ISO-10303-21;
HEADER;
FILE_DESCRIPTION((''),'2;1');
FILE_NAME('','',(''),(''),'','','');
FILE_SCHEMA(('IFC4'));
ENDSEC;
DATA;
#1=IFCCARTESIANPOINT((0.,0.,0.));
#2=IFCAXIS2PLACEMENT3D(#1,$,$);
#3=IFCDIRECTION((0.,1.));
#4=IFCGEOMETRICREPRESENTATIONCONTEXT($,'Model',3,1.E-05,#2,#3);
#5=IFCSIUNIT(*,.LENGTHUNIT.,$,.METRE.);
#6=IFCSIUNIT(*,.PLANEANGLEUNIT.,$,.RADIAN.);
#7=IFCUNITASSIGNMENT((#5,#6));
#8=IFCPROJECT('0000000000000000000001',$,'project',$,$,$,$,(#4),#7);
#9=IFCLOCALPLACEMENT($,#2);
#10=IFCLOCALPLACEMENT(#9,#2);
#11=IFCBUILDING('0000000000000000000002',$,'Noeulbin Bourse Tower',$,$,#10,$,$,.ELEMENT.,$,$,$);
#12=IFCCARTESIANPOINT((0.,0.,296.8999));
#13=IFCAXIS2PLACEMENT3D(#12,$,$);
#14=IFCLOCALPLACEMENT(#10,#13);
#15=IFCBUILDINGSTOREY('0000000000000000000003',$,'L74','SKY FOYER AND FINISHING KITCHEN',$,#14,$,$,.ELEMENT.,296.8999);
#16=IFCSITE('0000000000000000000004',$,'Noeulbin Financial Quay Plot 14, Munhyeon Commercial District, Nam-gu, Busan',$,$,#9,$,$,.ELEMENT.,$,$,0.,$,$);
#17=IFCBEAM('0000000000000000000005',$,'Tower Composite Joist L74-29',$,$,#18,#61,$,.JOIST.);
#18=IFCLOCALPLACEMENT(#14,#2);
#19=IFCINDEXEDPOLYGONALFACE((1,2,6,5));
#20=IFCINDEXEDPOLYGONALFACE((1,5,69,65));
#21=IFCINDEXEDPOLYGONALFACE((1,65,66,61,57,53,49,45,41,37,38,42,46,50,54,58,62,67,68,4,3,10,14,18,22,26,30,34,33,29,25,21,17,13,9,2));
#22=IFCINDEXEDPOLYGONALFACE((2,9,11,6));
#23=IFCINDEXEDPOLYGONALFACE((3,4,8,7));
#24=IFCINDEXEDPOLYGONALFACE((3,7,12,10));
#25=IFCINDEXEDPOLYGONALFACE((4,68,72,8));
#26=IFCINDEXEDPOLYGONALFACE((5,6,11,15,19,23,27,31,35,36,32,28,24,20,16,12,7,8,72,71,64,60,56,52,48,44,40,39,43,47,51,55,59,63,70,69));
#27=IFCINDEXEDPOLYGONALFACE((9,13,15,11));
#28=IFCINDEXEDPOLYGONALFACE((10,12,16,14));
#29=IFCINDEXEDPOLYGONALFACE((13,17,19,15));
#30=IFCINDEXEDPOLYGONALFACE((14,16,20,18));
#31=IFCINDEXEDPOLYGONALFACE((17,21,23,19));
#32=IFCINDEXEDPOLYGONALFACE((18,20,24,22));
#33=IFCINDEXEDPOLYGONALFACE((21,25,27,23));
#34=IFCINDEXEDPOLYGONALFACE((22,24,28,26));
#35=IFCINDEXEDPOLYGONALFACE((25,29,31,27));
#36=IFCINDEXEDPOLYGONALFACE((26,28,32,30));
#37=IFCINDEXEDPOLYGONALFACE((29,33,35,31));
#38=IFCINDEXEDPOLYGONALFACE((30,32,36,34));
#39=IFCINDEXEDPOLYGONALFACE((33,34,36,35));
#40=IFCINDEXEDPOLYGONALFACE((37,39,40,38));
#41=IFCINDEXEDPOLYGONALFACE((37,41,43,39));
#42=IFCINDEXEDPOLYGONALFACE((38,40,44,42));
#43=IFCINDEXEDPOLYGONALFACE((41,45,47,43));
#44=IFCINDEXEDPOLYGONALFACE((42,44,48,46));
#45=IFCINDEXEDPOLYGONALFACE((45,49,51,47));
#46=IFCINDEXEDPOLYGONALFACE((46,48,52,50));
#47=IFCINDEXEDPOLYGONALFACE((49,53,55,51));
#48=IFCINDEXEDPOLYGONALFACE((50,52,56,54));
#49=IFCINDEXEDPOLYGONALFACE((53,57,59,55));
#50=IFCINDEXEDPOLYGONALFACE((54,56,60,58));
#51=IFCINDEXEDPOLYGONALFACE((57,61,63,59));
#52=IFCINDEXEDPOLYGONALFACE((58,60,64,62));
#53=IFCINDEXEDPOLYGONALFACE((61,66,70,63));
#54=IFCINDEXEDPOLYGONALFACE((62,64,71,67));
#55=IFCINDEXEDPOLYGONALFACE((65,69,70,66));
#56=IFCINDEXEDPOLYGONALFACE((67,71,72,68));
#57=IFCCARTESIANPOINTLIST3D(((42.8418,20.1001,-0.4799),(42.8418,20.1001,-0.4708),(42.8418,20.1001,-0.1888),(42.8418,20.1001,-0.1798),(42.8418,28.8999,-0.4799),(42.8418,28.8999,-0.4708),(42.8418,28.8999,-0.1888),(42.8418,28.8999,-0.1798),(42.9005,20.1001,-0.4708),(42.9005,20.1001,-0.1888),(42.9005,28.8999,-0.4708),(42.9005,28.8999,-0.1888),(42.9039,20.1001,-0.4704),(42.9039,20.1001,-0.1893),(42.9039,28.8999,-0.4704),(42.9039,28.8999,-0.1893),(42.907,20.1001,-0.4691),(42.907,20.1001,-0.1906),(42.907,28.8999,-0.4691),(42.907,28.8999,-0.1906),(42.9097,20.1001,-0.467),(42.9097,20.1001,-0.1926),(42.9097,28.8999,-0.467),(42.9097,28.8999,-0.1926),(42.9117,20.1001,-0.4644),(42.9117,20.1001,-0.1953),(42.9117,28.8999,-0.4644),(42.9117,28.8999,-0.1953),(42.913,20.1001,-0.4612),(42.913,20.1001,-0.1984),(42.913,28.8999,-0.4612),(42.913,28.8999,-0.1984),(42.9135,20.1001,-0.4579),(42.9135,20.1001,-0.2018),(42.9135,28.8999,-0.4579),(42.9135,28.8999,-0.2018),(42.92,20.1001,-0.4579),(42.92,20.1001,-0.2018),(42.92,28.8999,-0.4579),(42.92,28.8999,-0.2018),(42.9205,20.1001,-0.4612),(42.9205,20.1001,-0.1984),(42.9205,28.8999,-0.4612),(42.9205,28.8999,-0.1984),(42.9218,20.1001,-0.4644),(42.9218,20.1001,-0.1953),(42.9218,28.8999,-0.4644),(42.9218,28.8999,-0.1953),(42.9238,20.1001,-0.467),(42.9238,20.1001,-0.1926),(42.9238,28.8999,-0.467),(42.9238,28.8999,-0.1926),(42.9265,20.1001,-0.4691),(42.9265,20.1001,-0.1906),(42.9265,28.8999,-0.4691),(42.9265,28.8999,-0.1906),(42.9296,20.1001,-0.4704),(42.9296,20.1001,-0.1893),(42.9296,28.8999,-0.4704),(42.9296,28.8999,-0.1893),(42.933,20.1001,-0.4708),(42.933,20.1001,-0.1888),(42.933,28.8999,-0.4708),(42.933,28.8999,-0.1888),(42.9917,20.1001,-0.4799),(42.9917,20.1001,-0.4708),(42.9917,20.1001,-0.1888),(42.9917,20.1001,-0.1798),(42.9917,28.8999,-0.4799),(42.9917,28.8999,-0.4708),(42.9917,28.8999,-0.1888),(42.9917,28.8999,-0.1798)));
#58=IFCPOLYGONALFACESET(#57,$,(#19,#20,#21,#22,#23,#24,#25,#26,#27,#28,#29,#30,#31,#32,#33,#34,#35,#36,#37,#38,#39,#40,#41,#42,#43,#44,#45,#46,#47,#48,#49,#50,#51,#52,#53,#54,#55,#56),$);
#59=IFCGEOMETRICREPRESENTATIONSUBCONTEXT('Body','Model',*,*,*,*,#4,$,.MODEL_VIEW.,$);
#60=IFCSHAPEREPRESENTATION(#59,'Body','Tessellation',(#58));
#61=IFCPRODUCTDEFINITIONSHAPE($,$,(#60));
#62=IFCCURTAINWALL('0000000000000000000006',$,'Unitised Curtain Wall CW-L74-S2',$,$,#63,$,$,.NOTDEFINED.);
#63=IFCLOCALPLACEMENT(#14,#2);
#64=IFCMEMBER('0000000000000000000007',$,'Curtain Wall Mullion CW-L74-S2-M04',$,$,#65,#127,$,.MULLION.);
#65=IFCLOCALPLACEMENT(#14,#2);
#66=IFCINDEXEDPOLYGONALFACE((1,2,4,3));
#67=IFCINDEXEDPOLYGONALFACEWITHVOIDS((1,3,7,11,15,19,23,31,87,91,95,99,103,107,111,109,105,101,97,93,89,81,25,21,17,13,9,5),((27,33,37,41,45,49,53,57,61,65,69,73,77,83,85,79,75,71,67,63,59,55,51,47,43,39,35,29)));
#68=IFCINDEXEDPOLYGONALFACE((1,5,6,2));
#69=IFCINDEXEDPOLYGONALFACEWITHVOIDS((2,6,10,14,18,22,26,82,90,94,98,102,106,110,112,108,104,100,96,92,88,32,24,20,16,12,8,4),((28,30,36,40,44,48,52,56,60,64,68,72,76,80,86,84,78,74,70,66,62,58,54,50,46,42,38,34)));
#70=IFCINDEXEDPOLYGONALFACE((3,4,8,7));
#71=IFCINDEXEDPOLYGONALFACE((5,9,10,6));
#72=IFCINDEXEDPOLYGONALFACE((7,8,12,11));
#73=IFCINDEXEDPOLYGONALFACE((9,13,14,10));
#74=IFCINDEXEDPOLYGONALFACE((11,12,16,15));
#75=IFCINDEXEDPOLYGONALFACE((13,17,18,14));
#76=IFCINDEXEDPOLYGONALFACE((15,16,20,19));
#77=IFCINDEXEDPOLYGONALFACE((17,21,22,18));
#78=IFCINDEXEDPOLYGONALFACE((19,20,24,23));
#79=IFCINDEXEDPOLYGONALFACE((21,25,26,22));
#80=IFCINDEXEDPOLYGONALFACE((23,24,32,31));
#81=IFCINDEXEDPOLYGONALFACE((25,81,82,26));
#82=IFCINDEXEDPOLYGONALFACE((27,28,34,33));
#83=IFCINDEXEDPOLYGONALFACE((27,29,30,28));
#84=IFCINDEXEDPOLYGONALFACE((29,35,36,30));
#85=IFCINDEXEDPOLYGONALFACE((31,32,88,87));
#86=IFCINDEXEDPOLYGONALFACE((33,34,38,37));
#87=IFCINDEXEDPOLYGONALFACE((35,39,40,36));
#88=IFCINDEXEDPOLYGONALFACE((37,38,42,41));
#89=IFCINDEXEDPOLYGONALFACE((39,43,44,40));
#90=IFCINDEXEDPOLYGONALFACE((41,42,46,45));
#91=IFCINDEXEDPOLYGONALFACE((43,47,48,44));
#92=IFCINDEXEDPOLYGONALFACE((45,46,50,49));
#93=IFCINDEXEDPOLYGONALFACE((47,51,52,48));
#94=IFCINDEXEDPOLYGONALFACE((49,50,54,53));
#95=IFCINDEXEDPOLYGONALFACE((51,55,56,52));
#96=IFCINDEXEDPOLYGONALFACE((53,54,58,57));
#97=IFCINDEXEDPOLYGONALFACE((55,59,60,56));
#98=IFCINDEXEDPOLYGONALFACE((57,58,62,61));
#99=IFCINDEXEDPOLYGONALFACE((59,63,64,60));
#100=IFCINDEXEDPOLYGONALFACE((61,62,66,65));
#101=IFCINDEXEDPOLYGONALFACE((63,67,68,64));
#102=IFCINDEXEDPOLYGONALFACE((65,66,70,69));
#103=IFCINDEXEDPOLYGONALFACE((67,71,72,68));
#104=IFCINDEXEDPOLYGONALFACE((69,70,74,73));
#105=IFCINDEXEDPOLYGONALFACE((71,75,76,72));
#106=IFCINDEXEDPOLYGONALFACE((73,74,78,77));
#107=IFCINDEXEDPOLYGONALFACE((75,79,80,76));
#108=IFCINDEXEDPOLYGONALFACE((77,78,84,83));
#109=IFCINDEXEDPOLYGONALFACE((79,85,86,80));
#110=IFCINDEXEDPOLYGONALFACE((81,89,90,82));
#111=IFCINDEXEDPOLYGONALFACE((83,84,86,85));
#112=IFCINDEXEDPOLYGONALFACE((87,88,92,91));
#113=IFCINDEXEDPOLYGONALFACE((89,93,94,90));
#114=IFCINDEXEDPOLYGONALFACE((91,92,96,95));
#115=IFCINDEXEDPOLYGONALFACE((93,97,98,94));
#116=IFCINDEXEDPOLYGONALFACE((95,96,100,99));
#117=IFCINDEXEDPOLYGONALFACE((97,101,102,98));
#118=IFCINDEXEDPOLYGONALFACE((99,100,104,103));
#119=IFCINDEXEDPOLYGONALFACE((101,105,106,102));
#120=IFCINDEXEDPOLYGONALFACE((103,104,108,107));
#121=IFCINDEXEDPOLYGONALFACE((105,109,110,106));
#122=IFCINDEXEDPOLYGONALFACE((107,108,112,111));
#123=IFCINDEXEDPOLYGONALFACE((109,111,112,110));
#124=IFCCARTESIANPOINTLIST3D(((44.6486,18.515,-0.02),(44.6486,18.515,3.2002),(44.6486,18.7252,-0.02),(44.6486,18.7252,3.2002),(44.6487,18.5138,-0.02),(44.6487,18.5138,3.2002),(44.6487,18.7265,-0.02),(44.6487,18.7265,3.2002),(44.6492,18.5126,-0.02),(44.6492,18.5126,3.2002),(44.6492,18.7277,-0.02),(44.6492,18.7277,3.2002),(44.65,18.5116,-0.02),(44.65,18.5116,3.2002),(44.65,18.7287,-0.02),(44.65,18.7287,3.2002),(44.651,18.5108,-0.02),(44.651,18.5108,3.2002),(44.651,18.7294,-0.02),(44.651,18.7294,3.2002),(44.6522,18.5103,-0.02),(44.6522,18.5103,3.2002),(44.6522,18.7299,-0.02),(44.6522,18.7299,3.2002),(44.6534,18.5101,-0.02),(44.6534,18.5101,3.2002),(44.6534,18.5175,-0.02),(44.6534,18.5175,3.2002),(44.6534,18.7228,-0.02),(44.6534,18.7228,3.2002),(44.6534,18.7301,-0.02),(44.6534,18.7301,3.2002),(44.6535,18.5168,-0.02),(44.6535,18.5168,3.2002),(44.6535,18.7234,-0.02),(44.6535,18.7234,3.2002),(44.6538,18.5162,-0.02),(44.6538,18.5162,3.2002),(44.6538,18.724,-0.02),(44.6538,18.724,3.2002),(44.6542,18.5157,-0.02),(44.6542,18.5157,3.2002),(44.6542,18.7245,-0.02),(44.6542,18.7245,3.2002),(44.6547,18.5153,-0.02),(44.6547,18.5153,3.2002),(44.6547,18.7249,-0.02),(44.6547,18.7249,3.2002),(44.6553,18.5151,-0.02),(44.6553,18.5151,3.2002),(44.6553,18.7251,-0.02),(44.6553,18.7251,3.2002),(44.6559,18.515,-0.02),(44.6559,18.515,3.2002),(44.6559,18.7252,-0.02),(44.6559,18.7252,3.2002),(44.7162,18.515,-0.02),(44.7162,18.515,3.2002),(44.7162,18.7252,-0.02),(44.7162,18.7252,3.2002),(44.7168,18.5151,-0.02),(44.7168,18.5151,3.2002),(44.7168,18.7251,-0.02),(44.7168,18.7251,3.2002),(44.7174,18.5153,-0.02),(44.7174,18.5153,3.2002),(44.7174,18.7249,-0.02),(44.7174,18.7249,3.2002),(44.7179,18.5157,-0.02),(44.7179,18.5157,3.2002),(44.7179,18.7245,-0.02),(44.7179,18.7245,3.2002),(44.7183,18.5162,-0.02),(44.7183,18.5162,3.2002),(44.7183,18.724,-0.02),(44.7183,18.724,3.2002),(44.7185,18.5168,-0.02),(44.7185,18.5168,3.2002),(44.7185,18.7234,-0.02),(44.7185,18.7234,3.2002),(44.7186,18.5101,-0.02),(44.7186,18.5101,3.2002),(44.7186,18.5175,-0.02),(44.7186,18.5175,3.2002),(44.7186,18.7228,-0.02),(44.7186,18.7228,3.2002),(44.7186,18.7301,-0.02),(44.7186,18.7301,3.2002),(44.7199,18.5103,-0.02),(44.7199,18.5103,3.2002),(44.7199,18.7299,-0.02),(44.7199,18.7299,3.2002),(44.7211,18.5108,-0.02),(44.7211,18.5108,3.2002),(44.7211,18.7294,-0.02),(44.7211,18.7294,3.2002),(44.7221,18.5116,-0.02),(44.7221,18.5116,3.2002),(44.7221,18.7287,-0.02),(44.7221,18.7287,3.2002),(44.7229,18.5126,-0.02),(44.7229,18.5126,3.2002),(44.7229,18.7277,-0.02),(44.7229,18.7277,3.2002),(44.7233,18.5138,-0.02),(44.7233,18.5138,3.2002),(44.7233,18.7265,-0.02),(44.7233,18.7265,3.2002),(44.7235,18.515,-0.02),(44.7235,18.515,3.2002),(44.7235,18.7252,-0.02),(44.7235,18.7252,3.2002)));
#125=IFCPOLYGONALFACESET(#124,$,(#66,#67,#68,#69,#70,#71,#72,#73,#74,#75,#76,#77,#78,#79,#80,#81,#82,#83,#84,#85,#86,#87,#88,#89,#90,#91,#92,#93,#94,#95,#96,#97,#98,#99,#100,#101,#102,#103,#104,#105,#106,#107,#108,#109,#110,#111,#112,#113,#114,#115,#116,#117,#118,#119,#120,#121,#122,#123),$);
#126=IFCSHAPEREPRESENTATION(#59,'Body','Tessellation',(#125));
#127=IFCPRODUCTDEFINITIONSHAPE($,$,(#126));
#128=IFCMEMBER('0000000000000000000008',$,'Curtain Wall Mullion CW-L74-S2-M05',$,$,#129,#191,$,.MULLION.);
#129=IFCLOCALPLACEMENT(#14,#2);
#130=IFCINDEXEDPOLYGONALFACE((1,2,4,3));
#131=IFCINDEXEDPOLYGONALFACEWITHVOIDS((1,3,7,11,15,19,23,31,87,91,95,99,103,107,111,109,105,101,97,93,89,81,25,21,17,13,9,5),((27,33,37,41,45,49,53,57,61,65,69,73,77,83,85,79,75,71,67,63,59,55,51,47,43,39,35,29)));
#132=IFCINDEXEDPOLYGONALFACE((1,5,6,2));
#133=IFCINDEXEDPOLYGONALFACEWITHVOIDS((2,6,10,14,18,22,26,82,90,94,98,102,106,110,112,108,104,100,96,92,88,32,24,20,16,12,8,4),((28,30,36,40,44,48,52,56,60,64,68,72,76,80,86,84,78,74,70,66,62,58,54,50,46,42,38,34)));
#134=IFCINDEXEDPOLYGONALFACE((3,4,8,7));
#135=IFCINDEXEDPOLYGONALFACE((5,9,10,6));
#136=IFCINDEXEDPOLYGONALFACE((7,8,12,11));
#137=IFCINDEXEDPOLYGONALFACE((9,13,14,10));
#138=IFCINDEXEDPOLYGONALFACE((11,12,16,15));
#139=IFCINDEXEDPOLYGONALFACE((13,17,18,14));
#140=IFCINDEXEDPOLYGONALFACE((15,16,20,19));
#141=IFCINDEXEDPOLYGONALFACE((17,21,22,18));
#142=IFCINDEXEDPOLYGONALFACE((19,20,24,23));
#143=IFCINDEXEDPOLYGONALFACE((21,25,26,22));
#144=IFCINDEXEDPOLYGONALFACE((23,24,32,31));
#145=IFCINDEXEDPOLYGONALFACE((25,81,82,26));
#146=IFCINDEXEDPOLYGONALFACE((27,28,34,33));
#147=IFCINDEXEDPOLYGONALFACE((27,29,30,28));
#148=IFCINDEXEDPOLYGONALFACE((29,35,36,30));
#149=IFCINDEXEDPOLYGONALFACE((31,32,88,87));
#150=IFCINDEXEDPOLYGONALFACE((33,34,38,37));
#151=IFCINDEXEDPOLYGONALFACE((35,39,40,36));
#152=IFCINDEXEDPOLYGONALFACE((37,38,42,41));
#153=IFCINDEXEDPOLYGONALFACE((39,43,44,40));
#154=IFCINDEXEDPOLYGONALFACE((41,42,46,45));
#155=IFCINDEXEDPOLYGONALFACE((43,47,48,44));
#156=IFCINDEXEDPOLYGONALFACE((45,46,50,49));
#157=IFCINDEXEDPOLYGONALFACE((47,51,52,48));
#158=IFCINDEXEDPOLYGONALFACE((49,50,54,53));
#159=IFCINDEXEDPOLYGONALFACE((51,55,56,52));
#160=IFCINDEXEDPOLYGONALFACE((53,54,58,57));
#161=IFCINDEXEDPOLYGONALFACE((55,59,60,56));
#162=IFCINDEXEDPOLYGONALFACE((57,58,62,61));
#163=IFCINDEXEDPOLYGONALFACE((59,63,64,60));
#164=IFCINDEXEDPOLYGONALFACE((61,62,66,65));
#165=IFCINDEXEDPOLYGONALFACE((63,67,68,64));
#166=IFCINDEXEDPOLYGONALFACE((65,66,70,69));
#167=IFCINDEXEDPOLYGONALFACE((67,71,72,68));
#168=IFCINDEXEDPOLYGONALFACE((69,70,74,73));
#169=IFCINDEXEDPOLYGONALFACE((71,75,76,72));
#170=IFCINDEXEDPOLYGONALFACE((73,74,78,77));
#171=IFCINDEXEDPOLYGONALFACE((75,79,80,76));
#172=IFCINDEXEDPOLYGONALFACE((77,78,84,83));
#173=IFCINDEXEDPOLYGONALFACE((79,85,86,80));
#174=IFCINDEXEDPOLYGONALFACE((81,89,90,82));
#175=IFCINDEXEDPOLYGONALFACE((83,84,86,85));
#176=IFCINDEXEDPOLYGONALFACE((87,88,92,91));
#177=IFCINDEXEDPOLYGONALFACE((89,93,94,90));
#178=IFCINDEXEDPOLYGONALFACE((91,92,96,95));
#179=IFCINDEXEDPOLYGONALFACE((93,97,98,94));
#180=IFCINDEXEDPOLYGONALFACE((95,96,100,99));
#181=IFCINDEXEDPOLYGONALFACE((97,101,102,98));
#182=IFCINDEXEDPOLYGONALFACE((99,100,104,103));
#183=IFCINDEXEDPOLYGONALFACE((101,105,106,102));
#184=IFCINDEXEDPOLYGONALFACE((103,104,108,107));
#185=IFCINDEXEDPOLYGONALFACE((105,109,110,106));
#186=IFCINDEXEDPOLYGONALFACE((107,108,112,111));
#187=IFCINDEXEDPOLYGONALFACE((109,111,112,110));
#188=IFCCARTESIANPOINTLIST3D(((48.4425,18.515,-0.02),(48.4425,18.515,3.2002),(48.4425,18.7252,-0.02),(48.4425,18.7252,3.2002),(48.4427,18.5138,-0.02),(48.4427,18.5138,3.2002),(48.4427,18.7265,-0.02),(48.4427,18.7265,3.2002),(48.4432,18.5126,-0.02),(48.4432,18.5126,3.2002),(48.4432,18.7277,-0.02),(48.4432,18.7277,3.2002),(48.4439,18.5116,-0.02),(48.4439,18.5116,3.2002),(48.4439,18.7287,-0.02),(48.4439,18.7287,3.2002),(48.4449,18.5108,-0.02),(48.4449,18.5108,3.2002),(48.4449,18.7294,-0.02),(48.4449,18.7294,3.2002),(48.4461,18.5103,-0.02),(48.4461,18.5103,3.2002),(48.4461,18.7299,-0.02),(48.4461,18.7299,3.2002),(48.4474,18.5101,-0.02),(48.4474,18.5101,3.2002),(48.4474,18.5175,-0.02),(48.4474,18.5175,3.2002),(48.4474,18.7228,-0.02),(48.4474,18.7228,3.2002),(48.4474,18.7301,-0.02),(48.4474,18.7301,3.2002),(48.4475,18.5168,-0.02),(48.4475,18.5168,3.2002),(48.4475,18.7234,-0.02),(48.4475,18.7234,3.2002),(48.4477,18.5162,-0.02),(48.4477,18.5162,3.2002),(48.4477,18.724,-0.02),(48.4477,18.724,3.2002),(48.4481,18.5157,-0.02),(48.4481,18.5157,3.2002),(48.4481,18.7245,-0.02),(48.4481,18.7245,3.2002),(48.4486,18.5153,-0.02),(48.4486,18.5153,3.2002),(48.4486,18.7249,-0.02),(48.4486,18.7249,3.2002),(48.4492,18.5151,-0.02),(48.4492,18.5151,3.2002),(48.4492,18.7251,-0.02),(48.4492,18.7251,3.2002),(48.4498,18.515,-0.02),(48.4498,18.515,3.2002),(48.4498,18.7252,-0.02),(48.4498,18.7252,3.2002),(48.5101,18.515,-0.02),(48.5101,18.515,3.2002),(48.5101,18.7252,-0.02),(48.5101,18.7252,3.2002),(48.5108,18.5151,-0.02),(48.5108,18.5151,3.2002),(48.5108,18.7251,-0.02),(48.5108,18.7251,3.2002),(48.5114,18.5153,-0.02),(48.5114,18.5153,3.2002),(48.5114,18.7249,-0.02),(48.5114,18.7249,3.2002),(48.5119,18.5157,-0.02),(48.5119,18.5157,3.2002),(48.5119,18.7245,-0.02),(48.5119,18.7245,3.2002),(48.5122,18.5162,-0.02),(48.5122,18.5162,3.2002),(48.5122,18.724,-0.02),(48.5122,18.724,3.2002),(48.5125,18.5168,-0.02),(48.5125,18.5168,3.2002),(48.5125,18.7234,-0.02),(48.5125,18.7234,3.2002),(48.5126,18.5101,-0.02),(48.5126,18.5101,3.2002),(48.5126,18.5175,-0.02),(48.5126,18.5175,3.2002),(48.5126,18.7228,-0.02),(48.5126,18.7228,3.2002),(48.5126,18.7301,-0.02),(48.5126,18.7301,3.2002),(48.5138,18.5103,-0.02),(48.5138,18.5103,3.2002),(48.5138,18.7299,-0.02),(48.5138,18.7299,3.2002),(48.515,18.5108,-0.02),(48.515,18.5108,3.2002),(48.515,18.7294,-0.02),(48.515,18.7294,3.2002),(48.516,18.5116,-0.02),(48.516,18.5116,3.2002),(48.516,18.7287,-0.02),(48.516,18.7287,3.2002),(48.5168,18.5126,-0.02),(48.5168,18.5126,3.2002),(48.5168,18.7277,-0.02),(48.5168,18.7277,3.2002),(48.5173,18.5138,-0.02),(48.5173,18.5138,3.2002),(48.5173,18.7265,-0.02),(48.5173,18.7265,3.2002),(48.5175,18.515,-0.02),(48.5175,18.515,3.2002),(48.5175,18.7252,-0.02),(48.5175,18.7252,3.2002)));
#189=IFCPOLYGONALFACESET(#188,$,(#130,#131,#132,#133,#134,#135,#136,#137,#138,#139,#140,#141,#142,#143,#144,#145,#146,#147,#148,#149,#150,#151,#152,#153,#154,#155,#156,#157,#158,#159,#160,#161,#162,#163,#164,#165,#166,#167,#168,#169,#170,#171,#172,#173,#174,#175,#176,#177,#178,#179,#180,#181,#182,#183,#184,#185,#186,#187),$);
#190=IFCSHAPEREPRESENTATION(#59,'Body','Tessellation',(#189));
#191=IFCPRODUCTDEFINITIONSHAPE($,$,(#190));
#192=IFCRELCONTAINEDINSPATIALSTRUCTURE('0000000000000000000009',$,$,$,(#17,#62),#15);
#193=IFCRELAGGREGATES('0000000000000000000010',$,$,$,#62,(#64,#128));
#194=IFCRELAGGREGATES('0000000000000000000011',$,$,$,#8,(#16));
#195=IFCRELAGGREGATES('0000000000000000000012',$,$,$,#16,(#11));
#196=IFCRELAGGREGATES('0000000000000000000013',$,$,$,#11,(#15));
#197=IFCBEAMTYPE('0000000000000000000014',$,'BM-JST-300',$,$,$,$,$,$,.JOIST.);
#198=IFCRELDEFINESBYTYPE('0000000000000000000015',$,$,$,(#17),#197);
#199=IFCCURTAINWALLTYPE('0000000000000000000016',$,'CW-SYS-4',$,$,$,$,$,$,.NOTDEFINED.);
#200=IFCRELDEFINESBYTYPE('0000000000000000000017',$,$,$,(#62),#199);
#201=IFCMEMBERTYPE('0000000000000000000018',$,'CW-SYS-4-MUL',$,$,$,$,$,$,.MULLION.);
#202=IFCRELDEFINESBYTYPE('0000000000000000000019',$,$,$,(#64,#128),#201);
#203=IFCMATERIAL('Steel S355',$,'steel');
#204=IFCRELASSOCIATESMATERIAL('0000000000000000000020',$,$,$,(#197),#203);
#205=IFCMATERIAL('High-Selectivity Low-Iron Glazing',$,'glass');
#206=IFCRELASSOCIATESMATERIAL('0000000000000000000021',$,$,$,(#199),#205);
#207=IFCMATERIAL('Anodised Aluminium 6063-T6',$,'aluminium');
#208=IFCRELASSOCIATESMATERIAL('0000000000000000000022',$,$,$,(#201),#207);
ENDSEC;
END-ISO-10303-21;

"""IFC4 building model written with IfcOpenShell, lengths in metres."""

from ifc_helpers import new_model, si_unit, direction, frame, origin, origin_2d, place, context, subcontext, project, spatial, hollow_rectangle, i_section, extrude, material, material_profile, profile_set, type_object, element, aggregate, save


model = new_model("IFC4")

# Units and contexts
model_context = context("Model", 3, precision=1e-05, world=origin(), true_north=direction((0.0, 1.0)))
body_context = subcontext(model_context, "Body", "Model", "MODEL_VIEW")
ifc_project = project(units=[si_unit("LENGTHUNIT", "METRE"), si_unit("PLANEANGLEUNIT", "RADIAN")], contexts=[model_context])

# Site, building, storey
site_placement = place(None, origin())
site = spatial("IfcSite", under=ifc_project, at=site_placement, Name="Noeulbin Financial Quay Plot 14, Munhyeon Commercial District, Nam-gu, Busan", CompositionType="ELEMENT", RefElevation=0.0)
building_placement = place(site_placement, origin())
building = spatial("IfcBuilding", under=site, at=building_placement, Name="Noeulbin Bourse Tower", CompositionType="ELEMENT")
storey_placement = place(building_placement, frame((0.0, 0.0, 296.8999)))
storey = spatial("IfcBuildingStorey", under=building, at=storey_placement, Name="L74", Description="SKY FOYER AND FINISHING KITCHEN", CompositionType="ELEMENT", Elevation=296.8999)

# Shared definitions
ifc_material_1 = material(Name="Steel S355", Category="steel")

# Beam
ifc_material_profile_1 = material_profile(ifc_material_1, i_section(OverallWidth=0.1499, OverallDepth=0.3, WebThickness=0.0066, FlangeThickness=0.009, FilletRadius=0.0129, at=origin_2d()), Name="H-300x150x6.5x9", Category="LoadBearing")
ifc_profile_set_1 = profile_set([ifc_material_profile_1], Name="Steel S355")
beam_type_1 = type_object("IfcBeamType", Name="BM-JST-300", PredefinedType="JOIST", material=ifc_profile_set_1)
beam_1_placement = place(storey_placement, frame((42.9167, 20.1001, -0.3298), z_axis=(0.0, 1.0, 0.0), x_axis=(-1.0, 0.0, 0.0)))
element("IfcBeam", 1, at=beam_1_placement, inside=storey, type_object=beam_type_1, Name="Tower Composite Joist L74-29", PredefinedType="JOIST", context=body_context, shape_type="SweptSolid", body=[
    extrude(i_section(OverallWidth=0.1499, OverallDepth=0.3, WebThickness=0.0066, FlangeThickness=0.009, FilletRadius=0.0129, at=origin_2d()), origin(), (0.0, 0.0, 1.0), 8.7998),
])

# Curtain wall, members
ifc_material_2 = material(Name="High-Selectivity Low-Iron Glazing", Category="glass")
curtain_wall_type = type_object("IfcCurtainWallType", Name="CW-SYS-4", PredefinedType="NOTDEFINED", material=ifc_material_2)
curtain_wall_1_placement = place(storey_placement, origin())
curtain_wall_1 = element("IfcCurtainWall", 2, at=curtain_wall_1_placement, inside=storey, type_object=curtain_wall_type, Name="Unitised Curtain Wall CW-L74-S2", PredefinedType="NOTDEFINED")
ifc_material_3 = material(Name="Anodised Aluminium 6063-T6", Category="aluminium")
ifc_material_profile_2 = material_profile(ifc_material_3, hollow_rectangle(XDim=0.075, YDim=0.22, WallThickness=0.0049, InnerFilletRadius=0.0024, OuterFilletRadius=0.0049, at=origin_2d()), Name="ALU-MULL-75x220x5", Category="LoadBearing")
ifc_profile_set_2 = profile_set([ifc_material_profile_2], Name="Anodised Aluminium 6063-T6")
member_type_1 = type_object("IfcMemberType", Name="CW-SYS-4-MUL", PredefinedType="MULLION", material=ifc_profile_set_2)
member_1_placement = place(storey_placement, frame((44.686, 18.6201, -0.02), z_axis=(0.0, 0.0, 1.0), x_axis=(1.0, 0.0, 0.0)))
member_1 = element("IfcMember", 3, at=member_1_placement, type_object=member_type_1, Name="Curtain Wall Mullion CW-L74-S2-M04", PredefinedType="MULLION", context=body_context, shape_type="SweptSolid", body=[
    extrude(hollow_rectangle(XDim=0.075, YDim=0.22, WallThickness=0.0049, InnerFilletRadius=0.0024, OuterFilletRadius=0.0049, at=origin_2d()), origin(), (0.0, 0.0, 1.0), 3.2202),
])
member_2_placement = place(storey_placement, frame((48.48, 18.6201, -0.02), z_axis=(0.0, 0.0, 1.0), x_axis=(1.0, 0.0, 0.0)))
member_2 = element("IfcMember", 4, at=member_2_placement, type_object=member_type_1, Name="Curtain Wall Mullion CW-L74-S2-M05", PredefinedType="MULLION", context=body_context, shape_type="SweptSolid", body=[
    extrude(hollow_rectangle(XDim=0.075, YDim=0.22, WallThickness=0.0049, InnerFilletRadius=0.0024, OuterFilletRadius=0.0049, at=origin_2d()), origin(), (0.0, 0.0, 1.0), 3.2202),
])

aggregate(curtain_wall_1, [member_1, member_2])

save(model, "model.ifc")
